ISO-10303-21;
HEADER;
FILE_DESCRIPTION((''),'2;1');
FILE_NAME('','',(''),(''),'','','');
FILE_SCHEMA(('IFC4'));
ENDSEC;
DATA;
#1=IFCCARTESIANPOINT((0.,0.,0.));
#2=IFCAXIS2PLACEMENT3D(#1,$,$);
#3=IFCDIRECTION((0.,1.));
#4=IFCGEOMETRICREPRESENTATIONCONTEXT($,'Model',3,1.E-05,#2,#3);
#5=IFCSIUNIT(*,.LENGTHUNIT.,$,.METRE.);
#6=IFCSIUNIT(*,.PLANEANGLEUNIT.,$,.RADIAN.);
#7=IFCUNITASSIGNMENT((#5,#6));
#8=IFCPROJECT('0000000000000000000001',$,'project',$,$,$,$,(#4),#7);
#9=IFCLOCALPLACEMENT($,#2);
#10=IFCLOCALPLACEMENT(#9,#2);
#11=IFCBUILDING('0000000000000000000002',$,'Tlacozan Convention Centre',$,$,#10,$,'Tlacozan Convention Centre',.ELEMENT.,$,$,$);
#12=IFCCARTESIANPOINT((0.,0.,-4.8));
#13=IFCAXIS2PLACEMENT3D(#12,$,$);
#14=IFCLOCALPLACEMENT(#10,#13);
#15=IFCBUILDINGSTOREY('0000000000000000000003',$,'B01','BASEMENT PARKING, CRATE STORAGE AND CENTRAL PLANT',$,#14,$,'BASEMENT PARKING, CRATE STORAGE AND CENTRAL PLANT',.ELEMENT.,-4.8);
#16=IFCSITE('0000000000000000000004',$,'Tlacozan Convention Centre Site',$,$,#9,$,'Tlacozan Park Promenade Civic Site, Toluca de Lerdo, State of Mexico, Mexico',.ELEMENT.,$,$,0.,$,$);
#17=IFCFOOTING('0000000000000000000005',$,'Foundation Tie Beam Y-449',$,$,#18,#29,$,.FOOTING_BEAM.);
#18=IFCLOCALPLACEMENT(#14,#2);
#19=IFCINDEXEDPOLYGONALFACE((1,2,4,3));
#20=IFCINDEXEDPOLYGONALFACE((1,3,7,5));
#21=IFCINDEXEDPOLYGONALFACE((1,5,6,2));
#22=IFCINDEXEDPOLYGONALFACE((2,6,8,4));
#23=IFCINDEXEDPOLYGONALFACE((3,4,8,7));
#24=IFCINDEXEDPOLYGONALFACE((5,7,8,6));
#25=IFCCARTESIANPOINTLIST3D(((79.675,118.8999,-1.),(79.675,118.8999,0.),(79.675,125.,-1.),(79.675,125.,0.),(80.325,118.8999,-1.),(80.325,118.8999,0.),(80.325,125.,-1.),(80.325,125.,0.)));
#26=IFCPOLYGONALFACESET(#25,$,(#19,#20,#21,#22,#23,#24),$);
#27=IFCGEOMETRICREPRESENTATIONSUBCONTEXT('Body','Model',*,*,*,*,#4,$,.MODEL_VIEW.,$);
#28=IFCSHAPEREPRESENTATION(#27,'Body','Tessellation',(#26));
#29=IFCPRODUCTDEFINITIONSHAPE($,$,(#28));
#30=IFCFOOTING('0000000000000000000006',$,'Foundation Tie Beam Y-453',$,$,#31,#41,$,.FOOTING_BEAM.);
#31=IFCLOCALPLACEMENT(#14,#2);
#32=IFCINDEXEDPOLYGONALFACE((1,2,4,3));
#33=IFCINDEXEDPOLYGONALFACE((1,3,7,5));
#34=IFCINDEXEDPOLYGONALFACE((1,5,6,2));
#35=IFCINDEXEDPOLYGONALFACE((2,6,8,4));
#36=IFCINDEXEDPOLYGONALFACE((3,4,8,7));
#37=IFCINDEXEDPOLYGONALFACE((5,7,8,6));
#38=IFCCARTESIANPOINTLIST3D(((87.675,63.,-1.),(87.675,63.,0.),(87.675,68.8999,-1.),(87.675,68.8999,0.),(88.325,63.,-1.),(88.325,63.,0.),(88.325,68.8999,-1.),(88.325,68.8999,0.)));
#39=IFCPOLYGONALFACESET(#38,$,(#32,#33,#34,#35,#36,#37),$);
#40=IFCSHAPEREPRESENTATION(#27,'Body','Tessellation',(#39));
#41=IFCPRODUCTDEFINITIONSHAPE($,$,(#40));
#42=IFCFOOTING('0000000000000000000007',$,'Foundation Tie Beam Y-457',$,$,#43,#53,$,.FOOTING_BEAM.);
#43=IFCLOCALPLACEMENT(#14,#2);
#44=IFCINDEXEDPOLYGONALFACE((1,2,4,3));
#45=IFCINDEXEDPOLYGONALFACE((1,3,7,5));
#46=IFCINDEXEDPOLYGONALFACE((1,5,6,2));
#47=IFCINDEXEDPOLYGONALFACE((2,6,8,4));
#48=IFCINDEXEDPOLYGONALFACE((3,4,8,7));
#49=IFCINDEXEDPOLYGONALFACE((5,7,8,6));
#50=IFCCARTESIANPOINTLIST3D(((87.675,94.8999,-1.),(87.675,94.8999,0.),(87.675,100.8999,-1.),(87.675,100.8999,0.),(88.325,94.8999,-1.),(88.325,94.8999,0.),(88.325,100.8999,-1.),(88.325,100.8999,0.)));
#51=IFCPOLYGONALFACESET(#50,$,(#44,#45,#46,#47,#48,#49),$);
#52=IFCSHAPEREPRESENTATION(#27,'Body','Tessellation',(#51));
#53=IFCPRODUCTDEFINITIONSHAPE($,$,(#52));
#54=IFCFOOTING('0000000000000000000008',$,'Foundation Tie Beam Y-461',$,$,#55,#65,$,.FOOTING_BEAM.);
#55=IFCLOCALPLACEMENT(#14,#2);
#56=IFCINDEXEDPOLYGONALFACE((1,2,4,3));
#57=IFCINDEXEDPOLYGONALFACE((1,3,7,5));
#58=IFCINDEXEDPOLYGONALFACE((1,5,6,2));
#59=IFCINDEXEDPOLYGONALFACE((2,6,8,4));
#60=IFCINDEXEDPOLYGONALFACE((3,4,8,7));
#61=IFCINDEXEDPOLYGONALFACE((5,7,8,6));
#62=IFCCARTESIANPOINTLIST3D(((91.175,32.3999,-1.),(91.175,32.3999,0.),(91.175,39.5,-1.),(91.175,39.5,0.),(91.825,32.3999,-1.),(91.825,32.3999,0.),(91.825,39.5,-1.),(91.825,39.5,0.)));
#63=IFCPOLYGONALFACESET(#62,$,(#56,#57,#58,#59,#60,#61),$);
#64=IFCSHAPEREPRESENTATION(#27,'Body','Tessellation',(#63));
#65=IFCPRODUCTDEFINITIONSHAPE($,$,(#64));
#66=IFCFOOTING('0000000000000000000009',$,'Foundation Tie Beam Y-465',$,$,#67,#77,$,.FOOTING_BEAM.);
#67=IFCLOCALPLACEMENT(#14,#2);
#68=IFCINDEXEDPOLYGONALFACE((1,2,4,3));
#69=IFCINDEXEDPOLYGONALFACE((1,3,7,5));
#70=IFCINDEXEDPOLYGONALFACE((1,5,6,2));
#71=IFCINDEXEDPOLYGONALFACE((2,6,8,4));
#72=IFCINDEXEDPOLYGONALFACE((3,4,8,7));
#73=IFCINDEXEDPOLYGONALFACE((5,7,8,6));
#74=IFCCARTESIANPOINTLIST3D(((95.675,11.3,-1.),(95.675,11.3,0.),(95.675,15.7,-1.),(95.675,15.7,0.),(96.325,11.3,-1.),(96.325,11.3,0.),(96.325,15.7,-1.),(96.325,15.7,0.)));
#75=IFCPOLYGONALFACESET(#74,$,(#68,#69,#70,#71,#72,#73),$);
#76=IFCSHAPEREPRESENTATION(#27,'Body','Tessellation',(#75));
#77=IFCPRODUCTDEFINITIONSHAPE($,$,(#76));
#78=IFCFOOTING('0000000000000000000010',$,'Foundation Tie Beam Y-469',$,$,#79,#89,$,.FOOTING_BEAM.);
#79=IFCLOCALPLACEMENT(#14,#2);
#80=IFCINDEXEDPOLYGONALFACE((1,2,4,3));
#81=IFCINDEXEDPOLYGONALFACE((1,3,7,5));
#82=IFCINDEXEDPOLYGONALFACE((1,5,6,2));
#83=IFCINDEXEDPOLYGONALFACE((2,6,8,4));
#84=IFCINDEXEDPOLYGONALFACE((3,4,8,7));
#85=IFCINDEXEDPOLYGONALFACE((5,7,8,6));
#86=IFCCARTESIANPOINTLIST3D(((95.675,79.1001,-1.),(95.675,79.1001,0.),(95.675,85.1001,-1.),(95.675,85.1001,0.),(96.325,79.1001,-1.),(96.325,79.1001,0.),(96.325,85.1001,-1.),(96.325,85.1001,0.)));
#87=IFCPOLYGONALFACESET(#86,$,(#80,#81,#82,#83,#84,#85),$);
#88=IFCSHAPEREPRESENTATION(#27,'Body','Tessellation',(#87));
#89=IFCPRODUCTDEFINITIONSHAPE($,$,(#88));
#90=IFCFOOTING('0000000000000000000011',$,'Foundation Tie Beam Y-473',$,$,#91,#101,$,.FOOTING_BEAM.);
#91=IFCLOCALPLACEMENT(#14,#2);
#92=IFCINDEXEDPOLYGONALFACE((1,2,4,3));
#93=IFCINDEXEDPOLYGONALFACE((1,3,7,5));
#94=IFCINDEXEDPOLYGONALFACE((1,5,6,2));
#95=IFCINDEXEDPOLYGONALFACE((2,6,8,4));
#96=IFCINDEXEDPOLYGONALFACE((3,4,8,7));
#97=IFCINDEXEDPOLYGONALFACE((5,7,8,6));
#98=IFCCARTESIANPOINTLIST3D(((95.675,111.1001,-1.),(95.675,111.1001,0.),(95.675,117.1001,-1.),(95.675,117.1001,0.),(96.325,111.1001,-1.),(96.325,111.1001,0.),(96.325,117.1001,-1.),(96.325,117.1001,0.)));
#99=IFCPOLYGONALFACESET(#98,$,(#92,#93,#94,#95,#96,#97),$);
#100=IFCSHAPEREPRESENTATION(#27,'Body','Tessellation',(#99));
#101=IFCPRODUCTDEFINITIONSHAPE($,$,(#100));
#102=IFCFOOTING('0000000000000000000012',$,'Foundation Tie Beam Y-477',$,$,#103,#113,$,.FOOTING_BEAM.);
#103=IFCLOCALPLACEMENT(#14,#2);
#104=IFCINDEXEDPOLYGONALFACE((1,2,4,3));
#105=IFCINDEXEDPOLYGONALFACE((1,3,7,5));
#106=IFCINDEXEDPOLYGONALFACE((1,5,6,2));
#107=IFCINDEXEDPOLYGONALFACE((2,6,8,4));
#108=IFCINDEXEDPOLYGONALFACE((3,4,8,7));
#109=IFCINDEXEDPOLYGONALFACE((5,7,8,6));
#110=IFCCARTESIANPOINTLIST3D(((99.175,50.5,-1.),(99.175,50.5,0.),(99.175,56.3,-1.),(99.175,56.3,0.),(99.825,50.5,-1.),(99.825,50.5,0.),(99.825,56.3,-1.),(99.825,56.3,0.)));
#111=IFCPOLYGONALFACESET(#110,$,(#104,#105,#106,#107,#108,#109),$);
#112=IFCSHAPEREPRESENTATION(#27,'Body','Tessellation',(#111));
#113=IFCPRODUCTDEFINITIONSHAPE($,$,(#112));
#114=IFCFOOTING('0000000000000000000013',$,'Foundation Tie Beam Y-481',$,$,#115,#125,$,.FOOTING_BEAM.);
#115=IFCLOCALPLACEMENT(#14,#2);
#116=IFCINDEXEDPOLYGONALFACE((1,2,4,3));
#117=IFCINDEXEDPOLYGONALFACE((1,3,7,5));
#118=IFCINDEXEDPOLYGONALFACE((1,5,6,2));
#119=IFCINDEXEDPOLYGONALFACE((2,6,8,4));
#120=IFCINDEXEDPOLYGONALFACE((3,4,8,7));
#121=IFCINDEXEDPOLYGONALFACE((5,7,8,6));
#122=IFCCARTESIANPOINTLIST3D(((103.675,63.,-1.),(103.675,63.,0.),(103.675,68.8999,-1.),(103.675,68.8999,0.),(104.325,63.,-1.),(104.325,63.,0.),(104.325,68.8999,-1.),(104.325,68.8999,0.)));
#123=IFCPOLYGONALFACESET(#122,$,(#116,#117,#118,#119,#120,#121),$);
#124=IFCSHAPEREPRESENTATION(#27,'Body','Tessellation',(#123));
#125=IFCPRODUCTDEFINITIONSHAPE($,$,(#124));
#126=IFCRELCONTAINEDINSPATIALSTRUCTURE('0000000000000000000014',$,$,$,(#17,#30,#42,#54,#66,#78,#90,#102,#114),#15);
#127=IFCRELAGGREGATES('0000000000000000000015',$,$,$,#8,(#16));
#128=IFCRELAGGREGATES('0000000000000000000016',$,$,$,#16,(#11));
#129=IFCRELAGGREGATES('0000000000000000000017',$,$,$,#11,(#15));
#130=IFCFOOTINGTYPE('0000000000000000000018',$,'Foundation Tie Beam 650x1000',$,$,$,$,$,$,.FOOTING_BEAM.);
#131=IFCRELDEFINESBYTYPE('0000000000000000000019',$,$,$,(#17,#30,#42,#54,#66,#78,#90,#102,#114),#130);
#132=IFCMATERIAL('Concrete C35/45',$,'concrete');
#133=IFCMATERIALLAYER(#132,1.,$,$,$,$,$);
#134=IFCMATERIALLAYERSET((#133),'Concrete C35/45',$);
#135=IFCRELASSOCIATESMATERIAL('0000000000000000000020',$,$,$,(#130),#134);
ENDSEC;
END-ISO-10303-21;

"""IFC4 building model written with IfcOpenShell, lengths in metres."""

from ifc_helpers import new_model, si_unit, direction, frame, origin, place, context, subcontext, project, spatial, polyline, outline, extrude, material, layer, layer_set, type_object, element, save


model = new_model("IFC4")

# Units and contexts
model_context = context("Model", 3, precision=1e-05, world=origin(), true_north=direction((0.0, 1.0)))
body_context = subcontext(model_context, "Body", "Model", "MODEL_VIEW")
ifc_project = project(units=[si_unit("LENGTHUNIT", "METRE"), si_unit("PLANEANGLEUNIT", "RADIAN")], contexts=[model_context])

# Site, building, storey
site_placement = place(None, origin())
site = spatial("IfcSite", under=ifc_project, at=site_placement, Name="Tlacozan Convention Centre Site", LongName="Tlacozan Park Promenade Civic Site, Toluca de Lerdo, State of Mexico, Mexico", CompositionType="ELEMENT", RefElevation=0.0)
building_placement = place(site_placement, origin())
building = spatial("IfcBuilding", under=site, at=building_placement, Name="Tlacozan Convention Centre", LongName="Tlacozan Convention Centre", CompositionType="ELEMENT")
storey_placement = place(building_placement, frame((0.0, 0.0, -4.8)))
storey = spatial("IfcBuildingStorey", under=building, at=storey_placement, Name="B01", Description="BASEMENT PARKING, CRATE STORAGE AND CENTRAL PLANT", LongName="BASEMENT PARKING, CRATE STORAGE AND CENTRAL PLANT", CompositionType="ELEMENT", Elevation=-4.8)

# Footings
ifc_material = material(Name="Concrete C35/45", Category="concrete")
ifc_layer = layer(ifc_material, 1.0)
ifc_layer_set = layer_set([ifc_layer], Name="Concrete C35/45")
footing_type = type_object("IfcFootingType", Name="Foundation Tie Beam 650x1000", PredefinedType="FOOTING_BEAM", material=ifc_layer_set)
footing_1_placement = place(storey_placement, frame((0.0, 0.0, -1.0)))
element("IfcFooting", 1, at=footing_1_placement, inside=storey, type_object=footing_type, Name="Foundation Tie Beam Y-449", PredefinedType="FOOTING_BEAM", context=body_context, shape_type="SweptSolid", body=[
    extrude(outline(polyline([(79.675, 118.8999), (80.325, 118.8999), (80.325, 125.0), (79.675, 125.0), (79.675, 118.8999)])), origin(), (0.0, 0.0, 1.0), 1.0),
])
footing_2_placement = place(storey_placement, frame((0.0, 0.0, -1.0)))
element("IfcFooting", 2, at=footing_2_placement, inside=storey, type_object=footing_type, Name="Foundation Tie Beam Y-453", PredefinedType="FOOTING_BEAM", context=body_context, shape_type="SweptSolid", body=[
    extrude(outline(polyline([(87.675, 63.0), (88.325, 63.0), (88.325, 68.8999), (87.675, 68.8999), (87.675, 63.0)])), origin(), (0.0, 0.0, 1.0), 1.0),
])
footing_3_placement = place(storey_placement, frame((0.0, 0.0, -1.0)))
element("IfcFooting", 3, at=footing_3_placement, inside=storey, type_object=footing_type, Name="Foundation Tie Beam Y-457", PredefinedType="FOOTING_BEAM", context=body_context, shape_type="SweptSolid", body=[
    extrude(outline(polyline([(87.675, 94.8999), (88.325, 94.8999), (88.325, 100.8999), (87.675, 100.8999), (87.675, 94.8999)])), origin(), (0.0, 0.0, 1.0), 1.0),
])
footing_4_placement = place(storey_placement, frame((0.0, 0.0, -1.0)))
element("IfcFooting", 4, at=footing_4_placement, inside=storey, type_object=footing_type, Name="Foundation Tie Beam Y-461", PredefinedType="FOOTING_BEAM", context=body_context, shape_type="SweptSolid", body=[
    extrude(outline(polyline([(91.175, 32.3999), (91.825, 32.3999), (91.825, 39.5), (91.175, 39.5), (91.175, 32.3999)])), origin(), (0.0, 0.0, 1.0), 1.0),
])
footing_5_placement = place(storey_placement, frame((0.0, 0.0, -1.0)))
element("IfcFooting", 5, at=footing_5_placement, inside=storey, type_object=footing_type, Name="Foundation Tie Beam Y-465", PredefinedType="FOOTING_BEAM", context=body_context, shape_type="SweptSolid", body=[
    extrude(outline(polyline([(95.675, 11.3), (96.325, 11.3), (96.325, 15.7), (95.675, 15.7), (95.675, 11.3)])), origin(), (0.0, 0.0, 1.0), 1.0),
])
footing_6_placement = place(storey_placement, frame((0.0, 0.0, -1.0)))
element("IfcFooting", 6, at=footing_6_placement, inside=storey, type_object=footing_type, Name="Foundation Tie Beam Y-469", PredefinedType="FOOTING_BEAM", context=body_context, shape_type="SweptSolid", body=[
    extrude(outline(polyline([(95.675, 79.1001), (96.325, 79.1001), (96.325, 85.1001), (95.675, 85.1001), (95.675, 79.1001)])), origin(), (0.0, 0.0, 1.0), 1.0),
])
footing_7_placement = place(storey_placement, frame((0.0, 0.0, -1.0)))
element("IfcFooting", 7, at=footing_7_placement, inside=storey, type_object=footing_type, Name="Foundation Tie Beam Y-473", PredefinedType="FOOTING_BEAM", context=body_context, shape_type="SweptSolid", body=[
    extrude(outline(polyline([(95.675, 111.1001), (96.325, 111.1001), (96.325, 117.1001), (95.675, 117.1001), (95.675, 111.1001)])), origin(), (0.0, 0.0, 1.0), 1.0),
])
footing_8_placement = place(storey_placement, frame((0.0, 0.0, -1.0)))
element("IfcFooting", 8, at=footing_8_placement, inside=storey, type_object=footing_type, Name="Foundation Tie Beam Y-477", PredefinedType="FOOTING_BEAM", context=body_context, shape_type="SweptSolid", body=[
    extrude(outline(polyline([(99.175, 50.5), (99.825, 50.5), (99.825, 56.3), (99.175, 56.3), (99.175, 50.5)])), origin(), (0.0, 0.0, 1.0), 1.0),
])
footing_9_placement = place(storey_placement, frame((0.0, 0.0, -1.0)))
element("IfcFooting", 9, at=footing_9_placement, inside=storey, type_object=footing_type, Name="Foundation Tie Beam Y-481", PredefinedType="FOOTING_BEAM", context=body_context, shape_type="SweptSolid", body=[
    extrude(outline(polyline([(103.675, 63.0), (104.325, 63.0), (104.325, 68.8999), (103.675, 68.8999), (103.675, 63.0)])), origin(), (0.0, 0.0, 1.0), 1.0),
])

save(model, "model.ifc")
